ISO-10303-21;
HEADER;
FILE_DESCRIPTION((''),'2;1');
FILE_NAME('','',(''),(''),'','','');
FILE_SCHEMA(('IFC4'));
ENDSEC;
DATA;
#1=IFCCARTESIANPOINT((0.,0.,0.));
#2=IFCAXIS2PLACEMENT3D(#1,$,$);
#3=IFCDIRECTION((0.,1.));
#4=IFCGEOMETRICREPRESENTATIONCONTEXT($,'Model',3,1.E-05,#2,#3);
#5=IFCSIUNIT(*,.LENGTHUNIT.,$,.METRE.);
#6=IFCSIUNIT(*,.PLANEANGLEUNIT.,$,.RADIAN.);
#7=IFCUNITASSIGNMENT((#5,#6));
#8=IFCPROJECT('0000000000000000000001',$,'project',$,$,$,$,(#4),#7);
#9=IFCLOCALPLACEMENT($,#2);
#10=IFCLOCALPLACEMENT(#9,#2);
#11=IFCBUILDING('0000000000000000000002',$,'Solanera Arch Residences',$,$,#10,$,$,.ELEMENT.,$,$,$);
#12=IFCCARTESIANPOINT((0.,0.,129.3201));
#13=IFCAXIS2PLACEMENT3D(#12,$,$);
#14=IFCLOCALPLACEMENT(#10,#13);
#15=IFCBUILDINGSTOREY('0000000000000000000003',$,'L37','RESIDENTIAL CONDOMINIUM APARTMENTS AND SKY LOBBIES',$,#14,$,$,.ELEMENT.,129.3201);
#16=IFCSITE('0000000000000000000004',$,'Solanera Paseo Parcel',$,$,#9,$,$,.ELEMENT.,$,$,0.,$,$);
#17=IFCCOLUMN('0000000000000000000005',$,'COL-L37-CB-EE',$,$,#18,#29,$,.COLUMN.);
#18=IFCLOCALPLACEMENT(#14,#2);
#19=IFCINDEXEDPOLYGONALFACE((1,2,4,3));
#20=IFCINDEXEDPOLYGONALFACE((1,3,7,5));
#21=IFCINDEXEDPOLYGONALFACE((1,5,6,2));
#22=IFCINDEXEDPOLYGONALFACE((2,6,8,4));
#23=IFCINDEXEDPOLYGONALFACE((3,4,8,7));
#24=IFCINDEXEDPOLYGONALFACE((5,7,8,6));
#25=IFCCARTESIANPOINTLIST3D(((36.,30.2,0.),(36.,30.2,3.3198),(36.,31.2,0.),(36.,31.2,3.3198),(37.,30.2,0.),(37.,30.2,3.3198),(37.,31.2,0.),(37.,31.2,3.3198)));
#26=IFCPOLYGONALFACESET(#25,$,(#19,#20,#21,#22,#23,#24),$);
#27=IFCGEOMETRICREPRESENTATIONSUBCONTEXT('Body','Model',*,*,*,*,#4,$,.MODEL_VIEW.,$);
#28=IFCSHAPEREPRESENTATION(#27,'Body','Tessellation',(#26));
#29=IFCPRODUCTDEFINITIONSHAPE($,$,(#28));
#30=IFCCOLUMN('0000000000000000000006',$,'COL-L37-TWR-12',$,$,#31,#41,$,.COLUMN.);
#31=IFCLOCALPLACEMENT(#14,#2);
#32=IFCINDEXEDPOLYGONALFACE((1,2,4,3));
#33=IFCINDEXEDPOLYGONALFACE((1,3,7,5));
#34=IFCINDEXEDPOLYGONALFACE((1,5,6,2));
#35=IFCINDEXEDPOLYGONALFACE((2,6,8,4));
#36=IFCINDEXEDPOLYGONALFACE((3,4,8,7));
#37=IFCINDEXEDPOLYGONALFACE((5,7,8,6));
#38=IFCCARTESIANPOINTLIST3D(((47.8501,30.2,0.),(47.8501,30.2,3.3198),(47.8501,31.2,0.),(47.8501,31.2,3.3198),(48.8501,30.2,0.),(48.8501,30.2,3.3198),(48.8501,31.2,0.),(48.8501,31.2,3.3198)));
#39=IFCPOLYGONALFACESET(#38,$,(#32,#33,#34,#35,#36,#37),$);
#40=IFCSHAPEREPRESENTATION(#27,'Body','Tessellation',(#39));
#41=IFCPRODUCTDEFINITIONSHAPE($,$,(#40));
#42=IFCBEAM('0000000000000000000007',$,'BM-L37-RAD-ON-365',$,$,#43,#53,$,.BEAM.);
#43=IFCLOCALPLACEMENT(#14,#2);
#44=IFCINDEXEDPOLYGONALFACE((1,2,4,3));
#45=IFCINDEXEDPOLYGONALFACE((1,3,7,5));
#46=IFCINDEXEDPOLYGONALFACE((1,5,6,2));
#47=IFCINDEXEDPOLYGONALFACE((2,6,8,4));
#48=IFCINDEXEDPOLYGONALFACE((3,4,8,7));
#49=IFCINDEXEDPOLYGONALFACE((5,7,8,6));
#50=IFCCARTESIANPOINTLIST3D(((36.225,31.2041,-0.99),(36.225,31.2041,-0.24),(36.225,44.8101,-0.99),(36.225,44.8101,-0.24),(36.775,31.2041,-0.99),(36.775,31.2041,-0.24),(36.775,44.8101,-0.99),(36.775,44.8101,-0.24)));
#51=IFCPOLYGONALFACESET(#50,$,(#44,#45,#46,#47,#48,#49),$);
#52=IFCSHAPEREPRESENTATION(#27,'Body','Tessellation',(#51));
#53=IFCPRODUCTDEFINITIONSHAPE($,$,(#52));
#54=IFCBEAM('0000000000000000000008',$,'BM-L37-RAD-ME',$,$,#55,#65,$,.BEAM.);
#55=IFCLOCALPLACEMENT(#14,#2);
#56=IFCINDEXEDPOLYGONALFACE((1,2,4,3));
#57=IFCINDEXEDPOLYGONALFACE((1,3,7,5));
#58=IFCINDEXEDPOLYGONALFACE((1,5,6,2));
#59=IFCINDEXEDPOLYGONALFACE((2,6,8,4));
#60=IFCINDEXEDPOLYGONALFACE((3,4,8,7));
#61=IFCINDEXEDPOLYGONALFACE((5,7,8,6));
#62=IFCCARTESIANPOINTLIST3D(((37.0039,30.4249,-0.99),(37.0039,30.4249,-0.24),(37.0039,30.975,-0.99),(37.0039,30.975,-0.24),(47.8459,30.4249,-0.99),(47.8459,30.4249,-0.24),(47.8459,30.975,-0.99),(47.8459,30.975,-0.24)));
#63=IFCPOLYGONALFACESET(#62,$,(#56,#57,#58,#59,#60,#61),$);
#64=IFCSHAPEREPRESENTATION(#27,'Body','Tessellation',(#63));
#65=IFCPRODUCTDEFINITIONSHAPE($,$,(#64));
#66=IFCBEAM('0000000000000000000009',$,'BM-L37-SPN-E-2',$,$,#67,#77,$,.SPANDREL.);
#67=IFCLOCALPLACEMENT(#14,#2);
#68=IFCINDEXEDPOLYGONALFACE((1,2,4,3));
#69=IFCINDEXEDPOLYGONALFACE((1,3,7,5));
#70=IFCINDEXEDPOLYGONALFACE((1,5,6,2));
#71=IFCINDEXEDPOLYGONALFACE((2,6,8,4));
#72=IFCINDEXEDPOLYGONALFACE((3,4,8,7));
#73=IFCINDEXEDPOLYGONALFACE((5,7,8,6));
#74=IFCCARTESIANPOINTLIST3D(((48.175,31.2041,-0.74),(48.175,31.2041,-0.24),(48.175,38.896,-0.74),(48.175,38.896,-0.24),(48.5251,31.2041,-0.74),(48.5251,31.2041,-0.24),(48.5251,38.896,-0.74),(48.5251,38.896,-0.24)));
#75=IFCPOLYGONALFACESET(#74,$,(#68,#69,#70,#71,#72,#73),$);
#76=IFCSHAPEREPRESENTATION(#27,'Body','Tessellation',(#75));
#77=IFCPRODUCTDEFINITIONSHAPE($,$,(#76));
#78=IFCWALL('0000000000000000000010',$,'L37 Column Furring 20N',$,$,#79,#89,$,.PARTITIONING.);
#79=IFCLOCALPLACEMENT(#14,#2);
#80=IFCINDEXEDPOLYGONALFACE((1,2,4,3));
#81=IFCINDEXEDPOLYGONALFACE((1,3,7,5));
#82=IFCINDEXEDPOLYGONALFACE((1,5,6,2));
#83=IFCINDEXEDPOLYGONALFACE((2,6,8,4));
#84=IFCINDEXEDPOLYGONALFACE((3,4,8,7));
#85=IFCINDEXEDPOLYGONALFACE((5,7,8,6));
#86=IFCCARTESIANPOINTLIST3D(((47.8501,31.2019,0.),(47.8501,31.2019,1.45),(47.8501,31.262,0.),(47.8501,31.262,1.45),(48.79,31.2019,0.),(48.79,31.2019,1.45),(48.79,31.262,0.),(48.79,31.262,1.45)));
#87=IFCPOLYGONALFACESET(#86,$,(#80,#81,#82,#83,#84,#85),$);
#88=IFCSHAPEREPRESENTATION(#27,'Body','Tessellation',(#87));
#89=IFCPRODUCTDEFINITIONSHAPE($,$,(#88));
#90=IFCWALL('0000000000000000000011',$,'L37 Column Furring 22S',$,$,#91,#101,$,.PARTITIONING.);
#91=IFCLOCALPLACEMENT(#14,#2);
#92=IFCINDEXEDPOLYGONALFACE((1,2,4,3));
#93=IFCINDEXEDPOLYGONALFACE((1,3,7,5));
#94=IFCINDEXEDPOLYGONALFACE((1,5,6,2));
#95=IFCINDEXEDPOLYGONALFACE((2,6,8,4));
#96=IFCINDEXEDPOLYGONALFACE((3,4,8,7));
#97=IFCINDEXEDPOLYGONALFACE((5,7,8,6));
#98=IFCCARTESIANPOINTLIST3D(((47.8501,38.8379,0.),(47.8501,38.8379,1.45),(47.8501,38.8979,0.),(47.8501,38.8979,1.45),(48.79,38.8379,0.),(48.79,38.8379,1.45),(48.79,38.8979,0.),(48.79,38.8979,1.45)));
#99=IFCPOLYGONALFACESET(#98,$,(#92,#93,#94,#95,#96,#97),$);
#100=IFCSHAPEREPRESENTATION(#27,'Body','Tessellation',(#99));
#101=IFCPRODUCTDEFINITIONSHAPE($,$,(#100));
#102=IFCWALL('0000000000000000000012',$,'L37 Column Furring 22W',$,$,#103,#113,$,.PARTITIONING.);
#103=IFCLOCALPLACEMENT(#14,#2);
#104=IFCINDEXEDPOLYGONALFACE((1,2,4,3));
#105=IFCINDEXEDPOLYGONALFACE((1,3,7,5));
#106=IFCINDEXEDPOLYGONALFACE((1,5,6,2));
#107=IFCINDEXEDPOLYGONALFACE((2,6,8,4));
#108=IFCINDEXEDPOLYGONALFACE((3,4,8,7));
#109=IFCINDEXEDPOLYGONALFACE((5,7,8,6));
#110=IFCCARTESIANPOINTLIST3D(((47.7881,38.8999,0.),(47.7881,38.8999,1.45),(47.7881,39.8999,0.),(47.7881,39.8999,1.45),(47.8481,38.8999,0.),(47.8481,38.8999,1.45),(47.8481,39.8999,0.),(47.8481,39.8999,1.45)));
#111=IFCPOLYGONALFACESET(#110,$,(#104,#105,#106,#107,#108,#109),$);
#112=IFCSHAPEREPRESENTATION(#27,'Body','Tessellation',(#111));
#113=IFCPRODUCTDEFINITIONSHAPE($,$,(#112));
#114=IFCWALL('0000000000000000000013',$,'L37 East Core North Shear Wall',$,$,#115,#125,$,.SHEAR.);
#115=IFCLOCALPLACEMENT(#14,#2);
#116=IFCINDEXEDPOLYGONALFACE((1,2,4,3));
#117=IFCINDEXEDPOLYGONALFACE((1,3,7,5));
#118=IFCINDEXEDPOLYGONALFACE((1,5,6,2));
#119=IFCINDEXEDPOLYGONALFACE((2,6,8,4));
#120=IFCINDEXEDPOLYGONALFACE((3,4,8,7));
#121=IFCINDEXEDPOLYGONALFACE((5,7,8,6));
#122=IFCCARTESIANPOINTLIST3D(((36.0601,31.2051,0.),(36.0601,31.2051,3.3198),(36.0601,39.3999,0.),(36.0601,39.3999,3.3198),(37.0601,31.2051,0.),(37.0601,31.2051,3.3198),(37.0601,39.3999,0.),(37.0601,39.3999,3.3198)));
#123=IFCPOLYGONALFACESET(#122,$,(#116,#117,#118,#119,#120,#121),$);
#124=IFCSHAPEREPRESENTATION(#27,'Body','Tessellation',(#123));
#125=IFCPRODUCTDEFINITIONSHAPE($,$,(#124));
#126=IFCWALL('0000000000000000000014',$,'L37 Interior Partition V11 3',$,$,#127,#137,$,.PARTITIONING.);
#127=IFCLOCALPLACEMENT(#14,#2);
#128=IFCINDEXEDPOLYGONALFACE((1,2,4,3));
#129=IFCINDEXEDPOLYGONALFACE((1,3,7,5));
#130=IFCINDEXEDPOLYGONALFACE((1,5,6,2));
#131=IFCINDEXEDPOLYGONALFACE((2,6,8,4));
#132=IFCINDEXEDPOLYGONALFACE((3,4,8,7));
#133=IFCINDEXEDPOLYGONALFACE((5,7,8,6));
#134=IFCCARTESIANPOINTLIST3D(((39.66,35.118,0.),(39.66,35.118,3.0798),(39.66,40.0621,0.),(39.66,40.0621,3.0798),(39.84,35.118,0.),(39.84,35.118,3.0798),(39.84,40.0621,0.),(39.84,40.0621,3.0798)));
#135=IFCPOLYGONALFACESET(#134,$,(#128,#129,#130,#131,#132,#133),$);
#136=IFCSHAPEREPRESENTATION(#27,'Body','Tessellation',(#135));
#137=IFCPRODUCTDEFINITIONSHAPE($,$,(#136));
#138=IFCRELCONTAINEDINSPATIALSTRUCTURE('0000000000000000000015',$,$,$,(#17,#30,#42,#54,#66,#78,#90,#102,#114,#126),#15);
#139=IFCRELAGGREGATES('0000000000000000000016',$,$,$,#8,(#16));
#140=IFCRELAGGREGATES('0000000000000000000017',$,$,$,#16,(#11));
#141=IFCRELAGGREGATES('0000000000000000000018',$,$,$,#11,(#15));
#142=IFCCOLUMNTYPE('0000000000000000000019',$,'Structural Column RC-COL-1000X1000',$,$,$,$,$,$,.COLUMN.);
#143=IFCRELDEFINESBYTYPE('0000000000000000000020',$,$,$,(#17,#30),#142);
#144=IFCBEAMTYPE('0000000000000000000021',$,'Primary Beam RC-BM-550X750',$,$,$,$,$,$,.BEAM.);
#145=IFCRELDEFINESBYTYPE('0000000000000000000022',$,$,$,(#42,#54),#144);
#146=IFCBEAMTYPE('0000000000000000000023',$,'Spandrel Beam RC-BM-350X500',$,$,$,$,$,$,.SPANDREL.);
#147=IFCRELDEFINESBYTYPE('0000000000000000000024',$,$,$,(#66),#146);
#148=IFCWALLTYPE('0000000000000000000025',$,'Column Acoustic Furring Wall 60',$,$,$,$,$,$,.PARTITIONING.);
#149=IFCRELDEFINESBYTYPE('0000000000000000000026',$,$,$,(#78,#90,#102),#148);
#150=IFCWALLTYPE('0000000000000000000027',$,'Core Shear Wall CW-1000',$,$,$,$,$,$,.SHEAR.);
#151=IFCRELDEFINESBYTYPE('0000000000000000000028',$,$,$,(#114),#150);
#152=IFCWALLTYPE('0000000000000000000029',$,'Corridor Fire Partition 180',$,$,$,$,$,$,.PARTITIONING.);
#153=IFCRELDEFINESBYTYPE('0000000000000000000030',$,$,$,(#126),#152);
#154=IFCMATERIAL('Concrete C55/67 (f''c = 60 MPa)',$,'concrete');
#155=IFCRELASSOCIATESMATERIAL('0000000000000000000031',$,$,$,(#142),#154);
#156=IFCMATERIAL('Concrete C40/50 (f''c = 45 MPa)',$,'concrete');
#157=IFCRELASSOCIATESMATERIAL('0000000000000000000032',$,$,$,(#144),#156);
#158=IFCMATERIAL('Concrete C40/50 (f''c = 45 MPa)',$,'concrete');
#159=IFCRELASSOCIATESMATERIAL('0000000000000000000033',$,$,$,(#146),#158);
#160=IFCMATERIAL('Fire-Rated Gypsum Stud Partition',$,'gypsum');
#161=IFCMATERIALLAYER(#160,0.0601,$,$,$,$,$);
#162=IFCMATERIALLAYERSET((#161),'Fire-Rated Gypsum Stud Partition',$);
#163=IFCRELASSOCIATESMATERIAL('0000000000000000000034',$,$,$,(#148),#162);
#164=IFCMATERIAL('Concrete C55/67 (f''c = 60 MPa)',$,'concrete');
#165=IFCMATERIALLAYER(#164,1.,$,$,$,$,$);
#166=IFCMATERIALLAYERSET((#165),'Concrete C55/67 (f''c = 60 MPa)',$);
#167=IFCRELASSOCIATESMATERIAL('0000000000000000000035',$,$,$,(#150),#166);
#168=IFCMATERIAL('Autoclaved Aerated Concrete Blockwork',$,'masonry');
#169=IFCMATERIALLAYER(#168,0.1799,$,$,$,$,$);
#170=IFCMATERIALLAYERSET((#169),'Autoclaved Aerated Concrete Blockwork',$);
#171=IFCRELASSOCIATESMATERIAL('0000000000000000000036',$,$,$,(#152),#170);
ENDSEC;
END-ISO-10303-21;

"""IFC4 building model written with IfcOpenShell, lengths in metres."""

from ifc_helpers import new_model, si_unit, direction, frame, frame_2d, origin, origin_2d, place, context, subcontext, project, spatial, rectangle, extrude, material, layer, layer_set, material_profile, profile_set, type_object, element, save


model = new_model("IFC4")

# Units and contexts
model_context = context("Model", 3, precision=1e-05, world=origin(), true_north=direction((0.0, 1.0)))
body_context = subcontext(model_context, "Body", "Model", "MODEL_VIEW")
ifc_project = project(units=[si_unit("LENGTHUNIT", "METRE"), si_unit("PLANEANGLEUNIT", "RADIAN")], contexts=[model_context])

# Site, building, storey
site_placement = place(None, origin())
site = spatial("IfcSite", under=ifc_project, at=site_placement, Name="Solanera Paseo Parcel", CompositionType="ELEMENT", RefElevation=0.0)
building_placement = place(site_placement, origin())
building = spatial("IfcBuilding", under=site, at=building_placement, Name="Solanera Arch Residences", CompositionType="ELEMENT")
storey_placement = place(building_placement, frame((0.0, 0.0, 129.3201)))
storey = spatial("IfcBuildingStorey", under=building, at=storey_placement, Name="L37", Description="RESIDENTIAL CONDOMINIUM APARTMENTS AND SKY LOBBIES", CompositionType="ELEMENT", Elevation=129.3201)

# Columns
ifc_material_1 = material(Name="Concrete C55/67 (f'c = 60 MPa)", Category="concrete")
ifc_material_profile_1 = material_profile(ifc_material_1, rectangle(XDim=1.0, YDim=1.0, at=origin_2d()))
ifc_profile_set_1 = profile_set([ifc_material_profile_1], Name="Concrete C55/67 (f'c = 60 MPa)")
column_type = type_object("IfcColumnType", Name="Structural Column RC-COL-1000X1000", PredefinedType="COLUMN", material=ifc_profile_set_1)
for number, where, z_axis, x_axis, name in (
    (1, (36.5, 30.7, 0.0), (0.0, 0.0, 1.0), (1.0, 0.0, 0.0), "COL-L37-CB-EE"),
    (2, (48.3501, 30.7, 0.0), (0.0, 0.0, 1.0), (1.0, 0.0, 0.0), "COL-L37-TWR-12"),
):
    element("IfcColumn", number, at=place(storey_placement, frame(where, z_axis=z_axis, x_axis=x_axis)), inside=storey, type_object=column_type, Name=name, PredefinedType="COLUMN", context=body_context, shape_type="SweptSolid", body=[
        extrude(rectangle(XDim=1.0, YDim=1.0, at=origin_2d()), origin(), (0.0, 0.0, 1.0), 3.3198),
    ])

# Beams
ifc_material_2 = material(Name="Concrete C40/50 (f'c = 45 MPa)", Category="concrete")
ifc_material_profile_2 = material_profile(ifc_material_2, rectangle(XDim=0.55, YDim=0.75, at=origin_2d()))
ifc_profile_set_2 = profile_set([ifc_material_profile_2], Name="Concrete C40/50 (f'c = 45 MPa)")
beam_type_1 = type_object("IfcBeamType", Name="Primary Beam RC-BM-550X750", PredefinedType="BEAM", material=ifc_profile_set_2)
beam_1_placement = place(storey_placement, frame((36.5, 31.2041, -0.615), z_axis=(0.0, 1.0, 0.0), x_axis=(-1.0, 0.0, 0.0)))
element("IfcBeam", 3, at=beam_1_placement, inside=storey, type_object=beam_type_1, Name="BM-L37-RAD-ON-365", PredefinedType="BEAM", context=body_context, shape_type="SweptSolid", body=[
    extrude(rectangle(XDim=0.55, YDim=0.75, at=origin_2d()), origin(), (0.0, 0.0, 1.0), 13.606),
])
beam_2_placement = place(storey_placement, frame((37.0039, 30.7, -0.615), z_axis=(1.0, 0.0, 0.0), x_axis=(0.0, 1.0, 0.0)))
element("IfcBeam", 4, at=beam_2_placement, inside=storey, type_object=beam_type_1, Name="BM-L37-RAD-ME", PredefinedType="BEAM", context=body_context, shape_type="SweptSolid", body=[
    extrude(rectangle(XDim=0.55, YDim=0.75, at=origin_2d()), origin(), (0.0, 0.0, 1.0), 10.842),
])
ifc_material_3 = material(Name="Concrete C40/50 (f'c = 45 MPa)", Category="concrete")
ifc_material_profile_3 = material_profile(ifc_material_3, rectangle(XDim=0.3501, YDim=0.5, at=origin_2d()))
ifc_profile_set_3 = profile_set([ifc_material_profile_3], Name="Concrete C40/50 (f'c = 45 MPa)")
beam_type_2 = type_object("IfcBeamType", Name="Spandrel Beam RC-BM-350X500", PredefinedType="SPANDREL", material=ifc_profile_set_3)
beam_3_placement = place(storey_placement, frame((48.3501, 31.2041, -0.49), z_axis=(0.0, 1.0, 0.0), x_axis=(-1.0, 0.0, 0.0)))
element("IfcBeam", 5, at=beam_3_placement, inside=storey, type_object=beam_type_2, Name="BM-L37-SPN-E-2", PredefinedType="SPANDREL", context=body_context, shape_type="SweptSolid", body=[
    extrude(rectangle(XDim=0.3501, YDim=0.5, at=origin_2d()), origin(), (0.0, 0.0, 1.0), 7.6919),
])

# Walls
ifc_material_4 = material(Name="Fire-Rated Gypsum Stud Partition", Category="gypsum")
ifc_layer_1 = layer(ifc_material_4, 0.0601)
ifc_layer_set_1 = layer_set([ifc_layer_1], Name="Fire-Rated Gypsum Stud Partition")
wall_type_1 = type_object("IfcWallType", Name="Column Acoustic Furring Wall 60", PredefinedType="PARTITIONING", material=ifc_layer_set_1)
for number, where, z_axis, x_axis, name in (
    (6, (47.8501, 31.2319, 0.0), (0.0, 0.0, 1.0), (1.0, 0.0, 0.0), "L37 Column Furring 20N"),
    (7, (47.8501, 38.8679, 0.0), (0.0, 0.0, 1.0), (1.0, 0.0, 0.0), "L37 Column Furring 22S"),
):
    element("IfcWall", number, at=place(storey_placement, frame(where, z_axis=z_axis, x_axis=x_axis)), inside=storey, type_object=wall_type_1, Name=name, PredefinedType="PARTITIONING", context=body_context, shape_type="SweptSolid", body=[
        extrude(rectangle(XDim=0.9399, YDim=0.0601, at=frame_2d((0.47, 0.0))), origin(), (0.0, 0.0, 1.0), 1.45),
    ])
wall_1_placement = place(storey_placement, frame((47.8181, 38.8999, 0.0), z_axis=(0.0, 0.0, 1.0), x_axis=(0.0, 1.0, 0.0)))
element("IfcWall", 8, at=wall_1_placement, inside=storey, type_object=wall_type_1, Name="L37 Column Furring 22W", PredefinedType="PARTITIONING", context=body_context, shape_type="SweptSolid", body=[
    extrude(rectangle(XDim=1.0, YDim=0.0601, at=frame_2d((0.5, 0.0))), origin(), (0.0, 0.0, 1.0), 1.45),
])
ifc_material_5 = material(Name="Concrete C55/67 (f'c = 60 MPa)", Category="concrete")
ifc_layer_2 = layer(ifc_material_5, 1.0)
ifc_layer_set_2 = layer_set([ifc_layer_2], Name="Concrete C55/67 (f'c = 60 MPa)")
wall_type_2 = type_object("IfcWallType", Name="Core Shear Wall CW-1000", PredefinedType="SHEAR", material=ifc_layer_set_2)
wall_2_placement = place(storey_placement, frame((36.5601, 31.2051, 0.0), z_axis=(0.0, 0.0, 1.0), x_axis=(0.0, 1.0, 0.0)))
element("IfcWall", 9, at=wall_2_placement, inside=storey, type_object=wall_type_2, Name="L37 East Core North Shear Wall", PredefinedType="SHEAR", context=body_context, shape_type="SweptSolid", body=[
    extrude(rectangle(XDim=8.1948, YDim=1.0, at=frame_2d((4.0974, 0.0))), origin(), (0.0, 0.0, 1.0), 3.3198),
])
ifc_material_6 = material(Name="Autoclaved Aerated Concrete Blockwork", Category="masonry")
ifc_layer_3 = layer(ifc_material_6, 0.1799)
ifc_layer_set_3 = layer_set([ifc_layer_3], Name="Autoclaved Aerated Concrete Blockwork")
wall_type_3 = type_object("IfcWallType", Name="Corridor Fire Partition 180", PredefinedType="PARTITIONING", material=ifc_layer_set_3)
wall_3_placement = place(storey_placement, frame((39.75, 35.1179, 0.0), z_axis=(0.0, 0.0, 1.0), x_axis=(0.0, 1.0, 0.0)))
element("IfcWall", 10, at=wall_3_placement, inside=storey, type_object=wall_type_3, Name="L37 Interior Partition V11 3", PredefinedType="PARTITIONING", context=body_context, shape_type="SweptSolid", body=[
    extrude(rectangle(XDim=4.9441, YDim=0.1799, at=frame_2d((2.4722, 0.0))), origin(), (0.0, 0.0, 1.0), 3.0798),
])

save(model, "model.ifc")
